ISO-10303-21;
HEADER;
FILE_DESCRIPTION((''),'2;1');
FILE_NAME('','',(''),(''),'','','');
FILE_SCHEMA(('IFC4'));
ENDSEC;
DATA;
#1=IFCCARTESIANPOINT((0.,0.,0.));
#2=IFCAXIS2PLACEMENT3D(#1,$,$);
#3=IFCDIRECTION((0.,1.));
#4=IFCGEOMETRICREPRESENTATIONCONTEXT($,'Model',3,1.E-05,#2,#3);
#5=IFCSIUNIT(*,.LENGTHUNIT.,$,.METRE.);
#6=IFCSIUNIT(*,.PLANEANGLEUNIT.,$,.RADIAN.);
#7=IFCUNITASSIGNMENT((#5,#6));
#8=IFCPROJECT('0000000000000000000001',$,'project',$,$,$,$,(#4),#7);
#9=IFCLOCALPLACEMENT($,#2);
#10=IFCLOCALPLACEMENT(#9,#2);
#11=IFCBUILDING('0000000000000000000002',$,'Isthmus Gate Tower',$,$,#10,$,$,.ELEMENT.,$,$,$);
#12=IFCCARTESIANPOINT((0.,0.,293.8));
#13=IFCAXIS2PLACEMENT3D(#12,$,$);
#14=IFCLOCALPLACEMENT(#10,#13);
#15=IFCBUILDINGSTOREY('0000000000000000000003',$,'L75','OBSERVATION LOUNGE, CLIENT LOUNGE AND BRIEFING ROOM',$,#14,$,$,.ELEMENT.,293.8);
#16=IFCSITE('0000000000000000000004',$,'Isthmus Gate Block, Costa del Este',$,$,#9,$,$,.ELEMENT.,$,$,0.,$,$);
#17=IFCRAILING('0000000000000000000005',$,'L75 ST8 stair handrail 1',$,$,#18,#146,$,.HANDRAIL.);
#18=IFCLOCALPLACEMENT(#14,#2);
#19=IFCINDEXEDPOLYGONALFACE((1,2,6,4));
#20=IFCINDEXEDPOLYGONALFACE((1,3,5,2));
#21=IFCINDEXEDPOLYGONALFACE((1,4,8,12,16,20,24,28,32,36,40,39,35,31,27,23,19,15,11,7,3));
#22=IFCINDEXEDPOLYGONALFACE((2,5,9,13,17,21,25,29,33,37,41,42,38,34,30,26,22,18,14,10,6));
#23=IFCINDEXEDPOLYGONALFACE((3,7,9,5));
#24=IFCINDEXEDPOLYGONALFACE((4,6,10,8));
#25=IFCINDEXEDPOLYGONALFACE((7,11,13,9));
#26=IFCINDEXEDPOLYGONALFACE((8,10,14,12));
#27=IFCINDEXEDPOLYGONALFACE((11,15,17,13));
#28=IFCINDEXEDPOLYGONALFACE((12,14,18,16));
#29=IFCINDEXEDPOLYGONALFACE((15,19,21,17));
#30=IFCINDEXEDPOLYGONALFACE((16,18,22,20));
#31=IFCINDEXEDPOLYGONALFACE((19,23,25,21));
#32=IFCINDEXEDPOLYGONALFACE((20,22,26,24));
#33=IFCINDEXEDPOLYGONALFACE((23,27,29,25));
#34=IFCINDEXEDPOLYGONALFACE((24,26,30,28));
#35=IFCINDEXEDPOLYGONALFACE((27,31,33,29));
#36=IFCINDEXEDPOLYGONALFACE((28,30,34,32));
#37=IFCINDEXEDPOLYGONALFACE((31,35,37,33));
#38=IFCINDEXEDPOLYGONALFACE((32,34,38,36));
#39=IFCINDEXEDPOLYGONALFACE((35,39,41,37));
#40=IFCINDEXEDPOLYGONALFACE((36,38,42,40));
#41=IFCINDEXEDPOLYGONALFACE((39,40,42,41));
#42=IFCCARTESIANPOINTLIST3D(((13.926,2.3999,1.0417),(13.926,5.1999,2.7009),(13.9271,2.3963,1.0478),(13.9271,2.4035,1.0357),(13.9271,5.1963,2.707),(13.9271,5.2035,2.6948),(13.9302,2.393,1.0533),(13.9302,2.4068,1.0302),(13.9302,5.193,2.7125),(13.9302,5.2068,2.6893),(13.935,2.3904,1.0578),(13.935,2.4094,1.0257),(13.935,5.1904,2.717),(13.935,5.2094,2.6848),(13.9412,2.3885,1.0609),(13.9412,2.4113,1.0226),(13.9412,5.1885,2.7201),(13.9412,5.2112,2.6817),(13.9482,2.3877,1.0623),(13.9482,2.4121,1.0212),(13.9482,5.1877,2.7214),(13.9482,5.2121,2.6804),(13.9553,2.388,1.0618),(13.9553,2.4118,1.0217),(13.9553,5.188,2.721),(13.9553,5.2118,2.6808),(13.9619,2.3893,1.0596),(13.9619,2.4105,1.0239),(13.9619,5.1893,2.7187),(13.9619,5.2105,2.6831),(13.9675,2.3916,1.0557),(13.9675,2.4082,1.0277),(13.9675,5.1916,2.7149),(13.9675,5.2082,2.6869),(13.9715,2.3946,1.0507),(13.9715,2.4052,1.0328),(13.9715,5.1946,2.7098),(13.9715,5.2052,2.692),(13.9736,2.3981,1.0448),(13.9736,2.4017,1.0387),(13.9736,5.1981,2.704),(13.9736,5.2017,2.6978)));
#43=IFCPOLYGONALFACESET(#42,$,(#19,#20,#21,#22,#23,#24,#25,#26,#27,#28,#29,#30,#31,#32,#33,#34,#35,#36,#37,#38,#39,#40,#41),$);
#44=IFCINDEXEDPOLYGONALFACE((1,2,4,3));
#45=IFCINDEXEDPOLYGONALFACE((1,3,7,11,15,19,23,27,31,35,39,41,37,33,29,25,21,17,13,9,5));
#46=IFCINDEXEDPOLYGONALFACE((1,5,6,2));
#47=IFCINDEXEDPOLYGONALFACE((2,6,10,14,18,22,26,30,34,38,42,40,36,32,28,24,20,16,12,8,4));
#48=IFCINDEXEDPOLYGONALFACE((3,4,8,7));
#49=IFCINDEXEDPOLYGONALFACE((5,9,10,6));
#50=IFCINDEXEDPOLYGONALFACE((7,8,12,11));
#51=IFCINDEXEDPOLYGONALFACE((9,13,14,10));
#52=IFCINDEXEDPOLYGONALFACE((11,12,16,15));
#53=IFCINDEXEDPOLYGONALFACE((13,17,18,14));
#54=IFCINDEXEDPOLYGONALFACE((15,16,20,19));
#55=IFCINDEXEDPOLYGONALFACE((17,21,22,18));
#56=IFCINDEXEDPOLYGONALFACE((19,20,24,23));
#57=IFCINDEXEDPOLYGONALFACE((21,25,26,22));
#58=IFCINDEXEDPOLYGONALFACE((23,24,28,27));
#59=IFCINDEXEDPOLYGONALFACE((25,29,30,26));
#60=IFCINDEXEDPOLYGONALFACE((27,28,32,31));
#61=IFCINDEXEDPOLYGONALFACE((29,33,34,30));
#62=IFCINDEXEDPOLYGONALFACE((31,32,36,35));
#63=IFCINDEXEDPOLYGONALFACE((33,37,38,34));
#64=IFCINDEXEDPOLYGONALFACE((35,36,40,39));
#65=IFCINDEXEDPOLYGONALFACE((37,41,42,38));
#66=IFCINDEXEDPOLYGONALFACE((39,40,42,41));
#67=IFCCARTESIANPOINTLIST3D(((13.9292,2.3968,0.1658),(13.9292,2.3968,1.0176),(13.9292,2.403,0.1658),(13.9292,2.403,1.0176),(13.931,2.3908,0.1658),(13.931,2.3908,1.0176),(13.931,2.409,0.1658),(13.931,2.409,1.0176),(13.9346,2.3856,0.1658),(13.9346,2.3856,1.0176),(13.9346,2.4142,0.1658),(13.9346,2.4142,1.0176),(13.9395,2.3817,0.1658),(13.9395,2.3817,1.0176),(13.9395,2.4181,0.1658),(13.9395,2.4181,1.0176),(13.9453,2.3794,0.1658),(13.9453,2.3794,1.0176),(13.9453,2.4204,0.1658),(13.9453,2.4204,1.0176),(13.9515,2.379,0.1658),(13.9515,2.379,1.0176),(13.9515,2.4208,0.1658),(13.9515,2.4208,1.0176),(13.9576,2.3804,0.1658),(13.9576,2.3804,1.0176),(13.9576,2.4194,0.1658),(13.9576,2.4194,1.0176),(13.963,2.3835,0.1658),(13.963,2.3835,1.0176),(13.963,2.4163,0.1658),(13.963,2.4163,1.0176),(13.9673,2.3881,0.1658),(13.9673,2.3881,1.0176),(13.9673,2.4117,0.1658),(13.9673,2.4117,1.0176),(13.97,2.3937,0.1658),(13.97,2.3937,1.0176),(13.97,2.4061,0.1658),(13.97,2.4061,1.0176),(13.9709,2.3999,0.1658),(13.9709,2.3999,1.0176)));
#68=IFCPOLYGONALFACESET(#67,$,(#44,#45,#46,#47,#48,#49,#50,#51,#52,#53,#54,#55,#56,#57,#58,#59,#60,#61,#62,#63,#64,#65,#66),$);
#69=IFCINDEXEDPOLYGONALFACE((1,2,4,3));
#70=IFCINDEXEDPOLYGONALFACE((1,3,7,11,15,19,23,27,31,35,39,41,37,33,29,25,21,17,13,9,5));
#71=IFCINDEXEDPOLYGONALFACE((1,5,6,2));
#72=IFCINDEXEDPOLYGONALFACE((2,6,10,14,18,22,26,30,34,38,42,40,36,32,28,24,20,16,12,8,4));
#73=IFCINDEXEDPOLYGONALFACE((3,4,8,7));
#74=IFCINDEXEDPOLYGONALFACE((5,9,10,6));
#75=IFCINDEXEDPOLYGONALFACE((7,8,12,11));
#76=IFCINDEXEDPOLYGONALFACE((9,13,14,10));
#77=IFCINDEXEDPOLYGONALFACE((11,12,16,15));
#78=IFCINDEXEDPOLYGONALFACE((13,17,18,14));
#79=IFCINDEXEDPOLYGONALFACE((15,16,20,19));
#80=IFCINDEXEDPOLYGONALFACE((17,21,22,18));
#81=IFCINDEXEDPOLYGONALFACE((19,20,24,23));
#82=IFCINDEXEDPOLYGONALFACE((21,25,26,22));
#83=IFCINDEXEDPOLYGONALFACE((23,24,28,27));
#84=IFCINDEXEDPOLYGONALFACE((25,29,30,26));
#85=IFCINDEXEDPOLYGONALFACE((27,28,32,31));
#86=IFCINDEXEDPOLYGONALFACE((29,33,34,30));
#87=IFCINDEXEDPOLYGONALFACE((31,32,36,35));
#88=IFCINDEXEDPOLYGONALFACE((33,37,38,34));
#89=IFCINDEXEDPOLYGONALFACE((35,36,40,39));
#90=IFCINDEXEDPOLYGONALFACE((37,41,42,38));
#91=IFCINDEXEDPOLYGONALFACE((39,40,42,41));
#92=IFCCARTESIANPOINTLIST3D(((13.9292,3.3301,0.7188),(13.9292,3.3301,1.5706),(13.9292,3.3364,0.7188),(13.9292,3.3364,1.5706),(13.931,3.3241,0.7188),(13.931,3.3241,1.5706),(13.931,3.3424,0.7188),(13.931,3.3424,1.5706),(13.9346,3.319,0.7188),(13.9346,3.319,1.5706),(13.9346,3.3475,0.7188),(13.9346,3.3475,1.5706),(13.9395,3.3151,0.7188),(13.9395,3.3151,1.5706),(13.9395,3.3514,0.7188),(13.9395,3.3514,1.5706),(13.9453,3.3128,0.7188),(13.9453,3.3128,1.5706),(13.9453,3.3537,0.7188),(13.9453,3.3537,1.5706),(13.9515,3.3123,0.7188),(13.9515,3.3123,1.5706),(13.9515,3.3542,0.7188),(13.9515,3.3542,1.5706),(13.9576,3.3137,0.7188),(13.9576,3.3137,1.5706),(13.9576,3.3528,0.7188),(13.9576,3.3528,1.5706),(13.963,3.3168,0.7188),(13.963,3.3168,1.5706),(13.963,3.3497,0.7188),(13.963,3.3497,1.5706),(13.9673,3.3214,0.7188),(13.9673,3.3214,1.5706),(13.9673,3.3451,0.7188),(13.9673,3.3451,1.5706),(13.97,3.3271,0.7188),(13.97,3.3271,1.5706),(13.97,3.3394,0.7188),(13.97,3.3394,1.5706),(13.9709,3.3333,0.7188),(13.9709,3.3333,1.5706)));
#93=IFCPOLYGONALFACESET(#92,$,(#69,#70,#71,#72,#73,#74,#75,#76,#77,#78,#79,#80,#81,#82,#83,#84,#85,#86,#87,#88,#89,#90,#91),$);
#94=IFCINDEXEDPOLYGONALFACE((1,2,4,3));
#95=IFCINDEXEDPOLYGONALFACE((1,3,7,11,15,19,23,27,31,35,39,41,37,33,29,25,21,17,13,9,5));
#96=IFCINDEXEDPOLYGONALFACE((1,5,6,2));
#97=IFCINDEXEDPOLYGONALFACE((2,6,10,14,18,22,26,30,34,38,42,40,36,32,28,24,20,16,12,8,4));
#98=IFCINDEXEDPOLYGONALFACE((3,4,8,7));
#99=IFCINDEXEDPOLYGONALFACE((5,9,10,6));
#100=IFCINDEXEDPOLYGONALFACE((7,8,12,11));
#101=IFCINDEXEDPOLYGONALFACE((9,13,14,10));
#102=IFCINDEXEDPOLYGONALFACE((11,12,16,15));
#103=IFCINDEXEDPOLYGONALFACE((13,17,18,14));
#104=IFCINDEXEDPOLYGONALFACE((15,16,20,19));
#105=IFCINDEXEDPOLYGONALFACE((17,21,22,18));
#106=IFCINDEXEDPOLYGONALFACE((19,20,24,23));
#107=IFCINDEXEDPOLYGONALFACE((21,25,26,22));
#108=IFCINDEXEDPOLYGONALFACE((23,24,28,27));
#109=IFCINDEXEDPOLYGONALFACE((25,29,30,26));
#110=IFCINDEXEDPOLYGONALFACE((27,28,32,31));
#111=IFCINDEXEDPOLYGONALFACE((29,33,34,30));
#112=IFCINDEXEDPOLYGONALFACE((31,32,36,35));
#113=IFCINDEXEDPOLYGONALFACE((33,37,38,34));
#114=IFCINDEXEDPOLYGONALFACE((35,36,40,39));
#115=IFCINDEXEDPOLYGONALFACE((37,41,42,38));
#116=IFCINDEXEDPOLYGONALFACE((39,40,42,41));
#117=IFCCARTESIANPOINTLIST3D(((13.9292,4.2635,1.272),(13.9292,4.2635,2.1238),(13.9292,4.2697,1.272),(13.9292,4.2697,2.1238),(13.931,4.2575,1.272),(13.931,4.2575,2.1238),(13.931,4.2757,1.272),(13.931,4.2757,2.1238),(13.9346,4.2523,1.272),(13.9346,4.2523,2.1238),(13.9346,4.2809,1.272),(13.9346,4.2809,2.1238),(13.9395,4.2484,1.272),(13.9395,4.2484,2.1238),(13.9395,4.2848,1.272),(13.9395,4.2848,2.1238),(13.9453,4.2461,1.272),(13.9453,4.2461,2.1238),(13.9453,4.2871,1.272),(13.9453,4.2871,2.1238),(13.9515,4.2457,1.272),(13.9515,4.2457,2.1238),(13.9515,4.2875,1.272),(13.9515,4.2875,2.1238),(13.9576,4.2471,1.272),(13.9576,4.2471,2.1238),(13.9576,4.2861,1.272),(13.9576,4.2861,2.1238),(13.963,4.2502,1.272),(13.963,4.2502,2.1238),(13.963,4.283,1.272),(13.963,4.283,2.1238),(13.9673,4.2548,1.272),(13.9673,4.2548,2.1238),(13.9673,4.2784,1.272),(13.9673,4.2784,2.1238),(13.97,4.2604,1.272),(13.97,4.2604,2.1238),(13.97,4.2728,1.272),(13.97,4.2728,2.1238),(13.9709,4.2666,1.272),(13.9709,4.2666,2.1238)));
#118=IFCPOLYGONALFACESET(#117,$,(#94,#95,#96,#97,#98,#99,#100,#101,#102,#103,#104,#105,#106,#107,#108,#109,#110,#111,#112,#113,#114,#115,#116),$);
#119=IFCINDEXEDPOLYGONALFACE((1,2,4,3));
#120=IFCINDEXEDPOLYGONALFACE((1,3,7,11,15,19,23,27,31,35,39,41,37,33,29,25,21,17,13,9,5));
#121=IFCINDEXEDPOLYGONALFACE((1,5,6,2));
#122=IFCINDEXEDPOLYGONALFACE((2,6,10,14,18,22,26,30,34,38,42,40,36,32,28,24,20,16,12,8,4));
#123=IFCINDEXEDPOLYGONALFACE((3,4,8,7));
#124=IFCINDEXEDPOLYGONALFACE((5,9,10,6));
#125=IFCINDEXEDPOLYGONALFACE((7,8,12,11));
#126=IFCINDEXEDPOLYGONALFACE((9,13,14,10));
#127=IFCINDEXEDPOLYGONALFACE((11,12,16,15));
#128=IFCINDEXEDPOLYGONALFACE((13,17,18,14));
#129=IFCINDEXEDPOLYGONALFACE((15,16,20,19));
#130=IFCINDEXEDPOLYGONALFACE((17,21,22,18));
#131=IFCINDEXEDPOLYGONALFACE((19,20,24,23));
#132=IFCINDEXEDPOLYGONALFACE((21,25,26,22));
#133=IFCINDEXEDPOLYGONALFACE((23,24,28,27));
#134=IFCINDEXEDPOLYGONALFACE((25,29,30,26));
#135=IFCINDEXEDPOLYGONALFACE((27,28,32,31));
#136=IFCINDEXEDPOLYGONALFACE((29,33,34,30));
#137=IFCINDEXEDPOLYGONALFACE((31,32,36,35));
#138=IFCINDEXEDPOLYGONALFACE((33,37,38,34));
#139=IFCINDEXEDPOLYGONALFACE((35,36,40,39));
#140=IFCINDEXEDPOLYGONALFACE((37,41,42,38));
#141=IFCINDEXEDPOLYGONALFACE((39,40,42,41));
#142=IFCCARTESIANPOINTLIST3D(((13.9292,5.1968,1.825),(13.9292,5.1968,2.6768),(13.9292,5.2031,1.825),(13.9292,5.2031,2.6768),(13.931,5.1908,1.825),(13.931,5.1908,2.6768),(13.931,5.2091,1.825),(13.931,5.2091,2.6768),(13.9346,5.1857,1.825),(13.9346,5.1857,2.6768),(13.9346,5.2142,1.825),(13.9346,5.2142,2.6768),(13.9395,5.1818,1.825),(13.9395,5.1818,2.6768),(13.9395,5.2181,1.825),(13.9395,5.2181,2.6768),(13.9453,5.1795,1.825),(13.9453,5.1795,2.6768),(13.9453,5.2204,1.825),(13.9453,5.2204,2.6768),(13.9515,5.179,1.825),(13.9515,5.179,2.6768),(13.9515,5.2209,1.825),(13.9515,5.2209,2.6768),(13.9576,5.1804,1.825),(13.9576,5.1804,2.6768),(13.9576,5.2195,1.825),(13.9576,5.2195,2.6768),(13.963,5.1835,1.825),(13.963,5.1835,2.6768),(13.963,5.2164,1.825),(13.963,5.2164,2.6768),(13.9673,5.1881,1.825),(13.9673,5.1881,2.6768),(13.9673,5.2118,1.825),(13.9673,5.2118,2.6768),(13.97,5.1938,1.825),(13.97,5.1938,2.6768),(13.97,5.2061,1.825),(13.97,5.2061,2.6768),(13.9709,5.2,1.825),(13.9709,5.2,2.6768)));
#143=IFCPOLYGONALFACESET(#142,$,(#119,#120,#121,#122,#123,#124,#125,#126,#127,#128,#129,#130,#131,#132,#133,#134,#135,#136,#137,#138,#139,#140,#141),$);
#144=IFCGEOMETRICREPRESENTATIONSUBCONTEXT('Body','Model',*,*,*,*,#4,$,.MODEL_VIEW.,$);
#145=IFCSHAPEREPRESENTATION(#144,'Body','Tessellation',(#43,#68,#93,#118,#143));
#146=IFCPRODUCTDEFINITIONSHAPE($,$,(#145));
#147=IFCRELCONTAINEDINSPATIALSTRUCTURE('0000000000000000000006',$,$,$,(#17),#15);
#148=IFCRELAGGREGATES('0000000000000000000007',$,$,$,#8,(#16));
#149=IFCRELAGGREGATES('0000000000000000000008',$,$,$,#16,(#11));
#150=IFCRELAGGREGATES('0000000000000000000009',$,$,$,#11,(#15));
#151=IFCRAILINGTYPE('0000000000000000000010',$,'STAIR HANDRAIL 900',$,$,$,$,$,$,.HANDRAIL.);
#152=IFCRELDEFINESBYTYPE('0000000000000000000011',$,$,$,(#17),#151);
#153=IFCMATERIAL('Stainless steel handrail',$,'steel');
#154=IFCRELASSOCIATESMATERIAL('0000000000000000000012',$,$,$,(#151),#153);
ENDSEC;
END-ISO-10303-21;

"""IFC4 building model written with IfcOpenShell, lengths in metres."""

from ifc_helpers import new_model, si_unit, direction, frame, origin, origin_2d, place, context, subcontext, project, spatial, circle, extrude, material, type_object, element, save


model = new_model("IFC4")

# Units and contexts
model_context = context("Model", 3, precision=1e-05, world=origin(), true_north=direction((0.0, 1.0)))
body_context = subcontext(model_context, "Body", "Model", "MODEL_VIEW")
ifc_project = project(units=[si_unit("LENGTHUNIT", "METRE"), si_unit("PLANEANGLEUNIT", "RADIAN")], contexts=[model_context])

# Site, building, storey
site_placement = place(None, origin())
site = spatial("IfcSite", under=ifc_project, at=site_placement, Name="Isthmus Gate Block, Costa del Este", CompositionType="ELEMENT", RefElevation=0.0)
building_placement = place(site_placement, origin())
building = spatial("IfcBuilding", under=site, at=building_placement, Name="Isthmus Gate Tower", CompositionType="ELEMENT")
storey_placement = place(building_placement, frame((0.0, 0.0, 293.8)))
storey = spatial("IfcBuildingStorey", under=building, at=storey_placement, Name="L75", Description="OBSERVATION LOUNGE, CLIENT LOUNGE AND BRIEFING ROOM", CompositionType="ELEMENT", Elevation=293.8)

# Railing
ifc_material_1 = material(Name="Stainless steel handrail", Category="steel")
railing_type_1 = type_object("IfcRailingType", Name="STAIR HANDRAIL 900", PredefinedType="HANDRAIL", material=ifc_material_1)
railing_1_placement = place(storey_placement, frame((13.95, 2.3999, 0.1658)))
element("IfcRailing", 1, at=railing_1_placement, inside=storey, type_object=railing_type_1, Name="L75 ST8 stair handrail 1", PredefinedType="HANDRAIL", context=body_context, shape_type="SweptSolid", body=[
    extrude(circle(Radius=0.0239, at=origin_2d()), frame((0.0, 0.0, 0.876), z_axis=(0.0, 0.860306, 0.509778), x_axis=(-1.0, 0.0, 0.0)), (0.0, 0.0, 1.0), 3.2546),
    extrude(circle(Radius=0.021, at=origin_2d()), origin(), (0.0, 0.0, 1.0), 0.8518),
    extrude(circle(Radius=0.021, at=origin_2d()), frame((0.0, 0.9333, 0.553)), (0.0, 0.0, 1.0), 0.8518),
    extrude(circle(Radius=0.021, at=origin_2d()), frame((0.0, 1.8667, 1.1062)), (0.0, 0.0, 1.0), 0.8518),
    extrude(circle(Radius=0.021, at=origin_2d()), frame((0.0, 2.8, 1.6592)), (0.0, 0.0, 1.0), 0.8518),
])

save(model, "model.ifc")
